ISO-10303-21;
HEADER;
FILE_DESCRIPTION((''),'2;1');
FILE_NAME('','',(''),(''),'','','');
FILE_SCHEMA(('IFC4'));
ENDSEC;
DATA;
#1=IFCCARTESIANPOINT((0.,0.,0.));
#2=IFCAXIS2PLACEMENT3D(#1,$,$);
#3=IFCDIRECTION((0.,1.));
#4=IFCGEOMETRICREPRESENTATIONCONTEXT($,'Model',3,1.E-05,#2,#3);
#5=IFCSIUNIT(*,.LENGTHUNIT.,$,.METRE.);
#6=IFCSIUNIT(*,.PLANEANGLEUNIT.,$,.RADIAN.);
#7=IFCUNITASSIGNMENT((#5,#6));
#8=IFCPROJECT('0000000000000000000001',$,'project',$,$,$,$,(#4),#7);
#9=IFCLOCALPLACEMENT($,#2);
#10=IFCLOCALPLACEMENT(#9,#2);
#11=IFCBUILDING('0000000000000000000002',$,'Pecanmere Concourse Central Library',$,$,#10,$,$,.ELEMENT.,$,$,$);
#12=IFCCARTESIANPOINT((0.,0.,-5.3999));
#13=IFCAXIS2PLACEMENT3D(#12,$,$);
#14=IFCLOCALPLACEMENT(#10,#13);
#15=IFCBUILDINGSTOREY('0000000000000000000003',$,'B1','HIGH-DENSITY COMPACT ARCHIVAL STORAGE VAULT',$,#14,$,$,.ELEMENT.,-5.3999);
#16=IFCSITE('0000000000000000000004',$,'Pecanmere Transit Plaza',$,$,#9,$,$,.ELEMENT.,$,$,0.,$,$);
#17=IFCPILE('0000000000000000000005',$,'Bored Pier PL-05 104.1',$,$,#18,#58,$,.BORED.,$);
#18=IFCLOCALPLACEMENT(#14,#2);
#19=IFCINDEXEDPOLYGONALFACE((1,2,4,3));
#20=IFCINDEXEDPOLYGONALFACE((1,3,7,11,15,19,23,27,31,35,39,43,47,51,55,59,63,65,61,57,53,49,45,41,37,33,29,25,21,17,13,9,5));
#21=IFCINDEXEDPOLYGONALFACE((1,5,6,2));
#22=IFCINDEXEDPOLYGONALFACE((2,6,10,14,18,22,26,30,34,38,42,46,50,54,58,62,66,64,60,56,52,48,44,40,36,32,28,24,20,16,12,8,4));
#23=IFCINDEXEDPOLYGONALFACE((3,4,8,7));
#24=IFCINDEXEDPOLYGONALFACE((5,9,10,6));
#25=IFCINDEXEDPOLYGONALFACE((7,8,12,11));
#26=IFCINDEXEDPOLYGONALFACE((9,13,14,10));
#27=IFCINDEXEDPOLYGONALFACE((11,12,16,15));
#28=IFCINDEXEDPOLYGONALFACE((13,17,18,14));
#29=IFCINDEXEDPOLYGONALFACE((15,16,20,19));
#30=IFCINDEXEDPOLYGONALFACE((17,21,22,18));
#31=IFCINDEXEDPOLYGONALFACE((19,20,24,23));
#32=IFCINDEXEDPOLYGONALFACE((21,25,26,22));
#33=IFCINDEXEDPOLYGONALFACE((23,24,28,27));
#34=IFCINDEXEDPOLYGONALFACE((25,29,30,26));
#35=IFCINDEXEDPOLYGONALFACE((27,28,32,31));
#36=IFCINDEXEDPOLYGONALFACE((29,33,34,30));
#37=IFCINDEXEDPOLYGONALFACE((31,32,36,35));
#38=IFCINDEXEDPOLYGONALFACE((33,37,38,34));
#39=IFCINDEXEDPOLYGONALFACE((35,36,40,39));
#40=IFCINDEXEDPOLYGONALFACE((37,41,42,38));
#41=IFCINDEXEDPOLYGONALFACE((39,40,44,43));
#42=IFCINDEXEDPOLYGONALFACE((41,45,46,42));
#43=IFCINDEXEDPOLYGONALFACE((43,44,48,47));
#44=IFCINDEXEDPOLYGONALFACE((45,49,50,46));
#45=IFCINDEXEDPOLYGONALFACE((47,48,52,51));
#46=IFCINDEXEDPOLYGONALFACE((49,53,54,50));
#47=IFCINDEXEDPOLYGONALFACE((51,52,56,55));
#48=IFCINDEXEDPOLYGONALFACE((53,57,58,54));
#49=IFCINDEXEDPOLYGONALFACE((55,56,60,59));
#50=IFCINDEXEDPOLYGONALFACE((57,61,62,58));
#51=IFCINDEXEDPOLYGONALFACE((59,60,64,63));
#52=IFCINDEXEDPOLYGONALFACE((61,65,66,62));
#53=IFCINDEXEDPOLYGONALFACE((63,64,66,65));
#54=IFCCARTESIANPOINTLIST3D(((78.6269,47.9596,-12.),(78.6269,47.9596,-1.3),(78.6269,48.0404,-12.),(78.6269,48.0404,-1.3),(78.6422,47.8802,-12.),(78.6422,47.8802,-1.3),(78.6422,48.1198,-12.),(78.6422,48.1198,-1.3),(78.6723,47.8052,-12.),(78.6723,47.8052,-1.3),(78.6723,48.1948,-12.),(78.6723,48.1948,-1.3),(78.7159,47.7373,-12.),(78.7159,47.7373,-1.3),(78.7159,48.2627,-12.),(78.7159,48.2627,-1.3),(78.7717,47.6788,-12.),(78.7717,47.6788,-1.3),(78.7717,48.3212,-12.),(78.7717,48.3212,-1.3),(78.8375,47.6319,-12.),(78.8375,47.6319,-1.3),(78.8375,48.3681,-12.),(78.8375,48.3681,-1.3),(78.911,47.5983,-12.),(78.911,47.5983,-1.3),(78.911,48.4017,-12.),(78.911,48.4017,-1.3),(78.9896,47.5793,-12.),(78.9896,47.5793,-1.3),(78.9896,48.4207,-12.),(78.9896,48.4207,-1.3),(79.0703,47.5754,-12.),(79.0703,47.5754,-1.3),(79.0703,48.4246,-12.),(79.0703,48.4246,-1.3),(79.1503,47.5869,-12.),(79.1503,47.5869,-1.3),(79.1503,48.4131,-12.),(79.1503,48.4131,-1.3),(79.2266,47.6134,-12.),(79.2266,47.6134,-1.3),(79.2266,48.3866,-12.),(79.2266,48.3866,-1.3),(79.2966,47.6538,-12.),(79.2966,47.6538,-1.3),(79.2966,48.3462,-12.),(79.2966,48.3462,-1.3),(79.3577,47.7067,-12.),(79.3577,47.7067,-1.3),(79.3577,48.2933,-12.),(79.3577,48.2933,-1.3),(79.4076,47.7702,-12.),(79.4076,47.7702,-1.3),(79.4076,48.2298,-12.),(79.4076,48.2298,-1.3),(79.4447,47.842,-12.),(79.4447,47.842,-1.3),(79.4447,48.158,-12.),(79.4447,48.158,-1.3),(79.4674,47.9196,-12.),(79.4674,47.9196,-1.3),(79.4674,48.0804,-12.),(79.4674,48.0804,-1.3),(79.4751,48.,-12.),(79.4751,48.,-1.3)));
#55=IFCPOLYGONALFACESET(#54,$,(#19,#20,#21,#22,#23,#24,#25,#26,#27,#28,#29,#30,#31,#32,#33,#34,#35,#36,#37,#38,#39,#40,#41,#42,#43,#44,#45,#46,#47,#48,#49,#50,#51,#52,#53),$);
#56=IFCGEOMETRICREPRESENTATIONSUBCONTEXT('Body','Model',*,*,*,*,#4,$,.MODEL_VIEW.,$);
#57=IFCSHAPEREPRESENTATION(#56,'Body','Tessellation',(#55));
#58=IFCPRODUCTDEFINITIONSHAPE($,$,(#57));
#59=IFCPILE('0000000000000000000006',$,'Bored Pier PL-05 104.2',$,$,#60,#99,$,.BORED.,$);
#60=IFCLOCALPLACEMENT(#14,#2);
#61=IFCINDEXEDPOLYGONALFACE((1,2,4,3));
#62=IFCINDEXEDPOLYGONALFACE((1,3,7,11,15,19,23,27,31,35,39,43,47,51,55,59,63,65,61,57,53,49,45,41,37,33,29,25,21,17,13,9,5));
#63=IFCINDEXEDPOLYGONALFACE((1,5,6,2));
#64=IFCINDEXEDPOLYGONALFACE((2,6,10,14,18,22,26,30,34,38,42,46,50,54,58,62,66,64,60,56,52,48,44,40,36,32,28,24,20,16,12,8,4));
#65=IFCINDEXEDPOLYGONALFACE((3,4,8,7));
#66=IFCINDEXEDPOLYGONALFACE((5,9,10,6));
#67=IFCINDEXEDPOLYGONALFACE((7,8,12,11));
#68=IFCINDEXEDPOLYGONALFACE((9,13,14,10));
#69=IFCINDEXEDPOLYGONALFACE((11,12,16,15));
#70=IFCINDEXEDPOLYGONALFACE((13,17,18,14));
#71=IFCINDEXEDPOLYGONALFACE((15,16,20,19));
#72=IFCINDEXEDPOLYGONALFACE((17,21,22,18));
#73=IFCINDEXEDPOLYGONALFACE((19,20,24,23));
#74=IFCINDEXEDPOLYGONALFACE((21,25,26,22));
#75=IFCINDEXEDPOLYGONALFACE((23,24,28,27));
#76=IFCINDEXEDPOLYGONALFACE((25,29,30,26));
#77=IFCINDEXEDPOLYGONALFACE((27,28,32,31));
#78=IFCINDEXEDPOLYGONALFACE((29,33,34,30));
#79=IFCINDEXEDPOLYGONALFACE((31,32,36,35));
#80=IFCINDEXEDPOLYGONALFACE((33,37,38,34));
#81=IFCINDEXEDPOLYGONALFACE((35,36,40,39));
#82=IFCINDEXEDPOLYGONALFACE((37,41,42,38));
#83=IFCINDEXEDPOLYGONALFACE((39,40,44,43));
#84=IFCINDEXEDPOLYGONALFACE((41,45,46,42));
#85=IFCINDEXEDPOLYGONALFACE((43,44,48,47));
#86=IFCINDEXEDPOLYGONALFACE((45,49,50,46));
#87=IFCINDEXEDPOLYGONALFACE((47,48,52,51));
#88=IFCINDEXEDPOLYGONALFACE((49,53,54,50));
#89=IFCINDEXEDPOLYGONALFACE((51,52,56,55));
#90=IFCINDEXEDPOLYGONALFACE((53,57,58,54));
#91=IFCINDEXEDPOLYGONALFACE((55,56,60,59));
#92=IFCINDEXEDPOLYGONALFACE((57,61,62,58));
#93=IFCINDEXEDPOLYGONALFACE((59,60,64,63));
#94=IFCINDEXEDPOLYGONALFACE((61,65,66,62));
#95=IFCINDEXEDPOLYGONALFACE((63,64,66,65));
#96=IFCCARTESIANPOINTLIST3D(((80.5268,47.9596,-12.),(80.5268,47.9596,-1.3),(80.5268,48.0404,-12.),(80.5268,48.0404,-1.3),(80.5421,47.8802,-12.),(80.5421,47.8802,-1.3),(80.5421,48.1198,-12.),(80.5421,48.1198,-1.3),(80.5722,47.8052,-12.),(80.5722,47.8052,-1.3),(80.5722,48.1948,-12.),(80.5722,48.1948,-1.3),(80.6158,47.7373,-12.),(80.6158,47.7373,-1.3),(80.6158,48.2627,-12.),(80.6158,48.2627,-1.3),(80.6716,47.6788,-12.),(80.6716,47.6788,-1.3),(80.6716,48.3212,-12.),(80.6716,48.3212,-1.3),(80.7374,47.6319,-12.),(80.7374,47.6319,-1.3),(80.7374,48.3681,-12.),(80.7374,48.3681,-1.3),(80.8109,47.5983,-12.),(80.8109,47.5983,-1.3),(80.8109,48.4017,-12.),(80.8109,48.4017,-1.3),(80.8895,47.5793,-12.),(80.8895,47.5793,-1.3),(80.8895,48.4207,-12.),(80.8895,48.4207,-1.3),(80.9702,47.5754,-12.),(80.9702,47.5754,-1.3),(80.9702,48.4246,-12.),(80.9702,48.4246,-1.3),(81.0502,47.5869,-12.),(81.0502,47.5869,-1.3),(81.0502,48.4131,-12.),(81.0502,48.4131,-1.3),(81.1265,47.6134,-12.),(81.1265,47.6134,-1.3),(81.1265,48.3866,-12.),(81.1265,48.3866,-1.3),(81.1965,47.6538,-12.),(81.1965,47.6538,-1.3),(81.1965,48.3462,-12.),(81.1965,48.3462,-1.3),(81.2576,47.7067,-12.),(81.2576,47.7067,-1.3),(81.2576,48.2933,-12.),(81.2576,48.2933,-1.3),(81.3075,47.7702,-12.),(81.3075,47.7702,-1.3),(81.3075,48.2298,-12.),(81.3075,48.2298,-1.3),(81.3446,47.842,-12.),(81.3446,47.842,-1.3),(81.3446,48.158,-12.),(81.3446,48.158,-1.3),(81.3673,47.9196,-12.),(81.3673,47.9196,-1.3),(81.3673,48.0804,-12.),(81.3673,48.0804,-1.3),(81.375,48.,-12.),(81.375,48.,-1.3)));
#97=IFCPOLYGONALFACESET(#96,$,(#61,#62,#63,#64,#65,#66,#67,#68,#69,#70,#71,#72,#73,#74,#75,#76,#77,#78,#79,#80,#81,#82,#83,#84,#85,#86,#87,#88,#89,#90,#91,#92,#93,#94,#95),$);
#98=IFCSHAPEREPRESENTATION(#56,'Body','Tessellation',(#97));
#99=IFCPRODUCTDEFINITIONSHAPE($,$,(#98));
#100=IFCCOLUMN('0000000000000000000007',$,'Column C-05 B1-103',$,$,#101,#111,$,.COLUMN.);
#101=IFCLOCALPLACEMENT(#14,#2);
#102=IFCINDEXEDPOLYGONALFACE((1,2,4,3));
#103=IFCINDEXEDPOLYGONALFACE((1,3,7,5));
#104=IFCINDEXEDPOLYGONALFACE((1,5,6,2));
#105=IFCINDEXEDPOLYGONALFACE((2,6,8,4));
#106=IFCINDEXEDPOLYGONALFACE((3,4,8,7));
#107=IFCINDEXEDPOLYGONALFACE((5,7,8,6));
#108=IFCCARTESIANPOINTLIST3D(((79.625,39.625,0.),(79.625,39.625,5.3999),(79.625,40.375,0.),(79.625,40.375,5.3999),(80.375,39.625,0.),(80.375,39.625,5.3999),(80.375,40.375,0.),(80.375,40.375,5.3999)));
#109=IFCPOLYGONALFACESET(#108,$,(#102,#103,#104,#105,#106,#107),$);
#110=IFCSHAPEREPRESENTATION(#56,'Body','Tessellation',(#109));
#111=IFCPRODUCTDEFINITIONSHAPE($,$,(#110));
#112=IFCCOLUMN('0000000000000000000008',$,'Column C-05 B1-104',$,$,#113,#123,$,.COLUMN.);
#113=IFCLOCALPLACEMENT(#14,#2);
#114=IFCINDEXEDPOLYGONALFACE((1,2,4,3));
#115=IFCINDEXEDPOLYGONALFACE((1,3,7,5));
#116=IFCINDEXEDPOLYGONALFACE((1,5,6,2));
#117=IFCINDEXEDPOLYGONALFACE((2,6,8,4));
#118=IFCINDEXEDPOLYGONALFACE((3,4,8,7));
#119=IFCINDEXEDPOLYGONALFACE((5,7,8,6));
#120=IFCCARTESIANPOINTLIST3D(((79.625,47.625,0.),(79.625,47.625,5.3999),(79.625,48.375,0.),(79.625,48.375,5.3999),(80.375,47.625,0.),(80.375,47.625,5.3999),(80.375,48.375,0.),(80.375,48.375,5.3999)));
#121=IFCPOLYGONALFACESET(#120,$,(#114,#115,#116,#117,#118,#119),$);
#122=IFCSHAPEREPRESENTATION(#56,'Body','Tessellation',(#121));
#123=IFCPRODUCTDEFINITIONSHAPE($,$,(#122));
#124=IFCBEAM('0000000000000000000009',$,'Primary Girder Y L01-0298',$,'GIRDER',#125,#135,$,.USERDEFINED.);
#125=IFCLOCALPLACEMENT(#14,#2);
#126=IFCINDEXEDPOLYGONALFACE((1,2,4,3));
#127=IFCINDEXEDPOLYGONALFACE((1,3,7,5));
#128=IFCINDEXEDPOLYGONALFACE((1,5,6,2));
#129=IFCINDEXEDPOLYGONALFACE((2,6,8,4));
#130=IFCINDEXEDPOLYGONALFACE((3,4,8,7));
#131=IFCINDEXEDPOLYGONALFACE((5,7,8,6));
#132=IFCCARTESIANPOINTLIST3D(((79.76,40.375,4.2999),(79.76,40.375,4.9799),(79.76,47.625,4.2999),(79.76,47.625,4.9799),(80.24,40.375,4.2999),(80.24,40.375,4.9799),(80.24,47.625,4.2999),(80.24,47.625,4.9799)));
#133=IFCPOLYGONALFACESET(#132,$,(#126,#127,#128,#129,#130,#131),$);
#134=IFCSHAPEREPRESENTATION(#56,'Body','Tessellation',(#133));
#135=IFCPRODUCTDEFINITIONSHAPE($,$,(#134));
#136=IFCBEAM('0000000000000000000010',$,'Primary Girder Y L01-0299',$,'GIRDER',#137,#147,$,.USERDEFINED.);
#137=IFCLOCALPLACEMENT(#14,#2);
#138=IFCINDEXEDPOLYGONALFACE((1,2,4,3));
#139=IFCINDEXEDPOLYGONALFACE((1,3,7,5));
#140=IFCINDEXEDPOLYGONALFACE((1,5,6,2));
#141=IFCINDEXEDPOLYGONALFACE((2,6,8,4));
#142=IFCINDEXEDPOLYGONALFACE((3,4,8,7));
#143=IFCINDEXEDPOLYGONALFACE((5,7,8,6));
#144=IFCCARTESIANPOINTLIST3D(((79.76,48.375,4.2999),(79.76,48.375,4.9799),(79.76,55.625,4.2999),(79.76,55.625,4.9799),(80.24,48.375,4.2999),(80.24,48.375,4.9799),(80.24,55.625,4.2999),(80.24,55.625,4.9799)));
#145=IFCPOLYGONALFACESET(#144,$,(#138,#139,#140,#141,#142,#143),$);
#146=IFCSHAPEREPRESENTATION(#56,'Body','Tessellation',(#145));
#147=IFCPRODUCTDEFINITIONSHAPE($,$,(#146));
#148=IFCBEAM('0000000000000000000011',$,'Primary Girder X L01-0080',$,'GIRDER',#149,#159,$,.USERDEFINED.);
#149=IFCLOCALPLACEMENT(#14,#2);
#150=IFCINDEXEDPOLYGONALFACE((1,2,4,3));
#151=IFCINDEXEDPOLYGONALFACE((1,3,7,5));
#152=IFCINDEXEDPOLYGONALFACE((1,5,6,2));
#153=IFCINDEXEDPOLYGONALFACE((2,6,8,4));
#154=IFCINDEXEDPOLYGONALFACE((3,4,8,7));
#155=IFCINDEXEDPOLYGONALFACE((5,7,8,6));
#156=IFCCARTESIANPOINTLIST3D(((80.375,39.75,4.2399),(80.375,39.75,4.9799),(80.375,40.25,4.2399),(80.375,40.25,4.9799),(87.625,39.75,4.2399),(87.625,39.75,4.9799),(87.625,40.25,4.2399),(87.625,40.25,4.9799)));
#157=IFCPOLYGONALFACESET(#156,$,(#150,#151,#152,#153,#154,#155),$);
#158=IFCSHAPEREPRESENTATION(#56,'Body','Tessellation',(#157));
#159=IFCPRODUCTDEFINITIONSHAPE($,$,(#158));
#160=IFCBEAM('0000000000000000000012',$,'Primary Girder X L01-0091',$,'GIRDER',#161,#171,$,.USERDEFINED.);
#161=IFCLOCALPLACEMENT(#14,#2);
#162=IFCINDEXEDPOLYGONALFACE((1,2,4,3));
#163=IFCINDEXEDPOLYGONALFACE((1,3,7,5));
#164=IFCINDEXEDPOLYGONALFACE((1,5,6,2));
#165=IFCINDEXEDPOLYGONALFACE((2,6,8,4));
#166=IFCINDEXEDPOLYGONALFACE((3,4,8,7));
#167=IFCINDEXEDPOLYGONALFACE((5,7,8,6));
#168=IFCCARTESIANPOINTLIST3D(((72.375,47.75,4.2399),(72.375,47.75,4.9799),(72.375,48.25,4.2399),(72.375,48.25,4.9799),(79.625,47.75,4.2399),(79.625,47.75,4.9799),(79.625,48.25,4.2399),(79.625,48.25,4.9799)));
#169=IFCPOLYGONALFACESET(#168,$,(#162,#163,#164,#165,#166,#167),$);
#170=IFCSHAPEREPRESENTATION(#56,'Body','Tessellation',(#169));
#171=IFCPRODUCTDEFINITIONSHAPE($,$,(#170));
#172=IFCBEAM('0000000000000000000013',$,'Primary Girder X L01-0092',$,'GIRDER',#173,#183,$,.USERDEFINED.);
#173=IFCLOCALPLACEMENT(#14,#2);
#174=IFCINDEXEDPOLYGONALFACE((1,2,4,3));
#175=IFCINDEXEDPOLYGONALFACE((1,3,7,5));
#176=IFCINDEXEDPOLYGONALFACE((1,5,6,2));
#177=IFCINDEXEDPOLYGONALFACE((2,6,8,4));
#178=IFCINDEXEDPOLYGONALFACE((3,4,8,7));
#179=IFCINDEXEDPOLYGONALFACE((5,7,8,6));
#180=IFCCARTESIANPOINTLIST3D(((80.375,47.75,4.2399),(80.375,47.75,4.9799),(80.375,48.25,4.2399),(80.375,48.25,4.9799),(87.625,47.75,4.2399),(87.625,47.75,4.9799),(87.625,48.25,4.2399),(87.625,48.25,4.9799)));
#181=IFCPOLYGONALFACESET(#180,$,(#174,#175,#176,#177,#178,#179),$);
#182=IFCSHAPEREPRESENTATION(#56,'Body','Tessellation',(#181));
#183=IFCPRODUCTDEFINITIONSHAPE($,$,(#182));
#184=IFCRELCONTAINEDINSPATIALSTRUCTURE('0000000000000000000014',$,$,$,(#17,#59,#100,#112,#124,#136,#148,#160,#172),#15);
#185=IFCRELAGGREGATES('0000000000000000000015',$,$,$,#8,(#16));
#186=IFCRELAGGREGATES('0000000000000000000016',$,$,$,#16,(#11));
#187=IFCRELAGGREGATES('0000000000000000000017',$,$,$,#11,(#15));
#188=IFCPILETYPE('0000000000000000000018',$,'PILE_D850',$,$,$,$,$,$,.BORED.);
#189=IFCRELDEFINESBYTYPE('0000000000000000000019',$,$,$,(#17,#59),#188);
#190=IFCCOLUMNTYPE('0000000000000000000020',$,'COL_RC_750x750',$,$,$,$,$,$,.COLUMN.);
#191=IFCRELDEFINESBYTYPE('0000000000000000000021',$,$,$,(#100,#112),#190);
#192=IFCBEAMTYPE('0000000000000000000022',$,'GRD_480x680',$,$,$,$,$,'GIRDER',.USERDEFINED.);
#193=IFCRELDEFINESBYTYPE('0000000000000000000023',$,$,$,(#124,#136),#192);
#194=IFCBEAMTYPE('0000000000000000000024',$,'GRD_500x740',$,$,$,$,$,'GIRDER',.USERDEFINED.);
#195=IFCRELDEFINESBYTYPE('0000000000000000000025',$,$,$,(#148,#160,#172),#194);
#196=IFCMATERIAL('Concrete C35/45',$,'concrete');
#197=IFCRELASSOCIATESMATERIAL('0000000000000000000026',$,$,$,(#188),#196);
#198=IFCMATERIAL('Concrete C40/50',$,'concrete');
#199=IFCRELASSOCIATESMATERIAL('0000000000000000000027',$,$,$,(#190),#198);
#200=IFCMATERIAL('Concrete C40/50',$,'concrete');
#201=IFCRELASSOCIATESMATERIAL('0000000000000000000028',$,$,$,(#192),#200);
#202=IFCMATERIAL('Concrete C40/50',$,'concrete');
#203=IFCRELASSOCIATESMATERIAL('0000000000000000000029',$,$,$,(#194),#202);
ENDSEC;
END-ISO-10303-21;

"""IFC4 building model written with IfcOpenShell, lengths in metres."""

from ifc_helpers import new_model, si_unit, direction, frame, origin, origin_2d, place, context, subcontext, project, spatial, rectangle, circle, extrude, material, material_profile, profile_set, type_object, element, save


model = new_model("IFC4")

# Units and contexts
model_context = context("Model", 3, precision=1e-05, world=origin(), true_north=direction((0.0, 1.0)))
body_context = subcontext(model_context, "Body", "Model", "MODEL_VIEW")
ifc_project = project(units=[si_unit("LENGTHUNIT", "METRE"), si_unit("PLANEANGLEUNIT", "RADIAN")], contexts=[model_context])

# Site, building, storey
site_placement = place(None, origin())
site = spatial("IfcSite", under=ifc_project, at=site_placement, Name="Pecanmere Transit Plaza", CompositionType="ELEMENT", RefElevation=0.0)
building_placement = place(site_placement, origin())
building = spatial("IfcBuilding", under=site, at=building_placement, Name="Pecanmere Concourse Central Library", CompositionType="ELEMENT")
storey_placement = place(building_placement, frame((0.0, 0.0, -5.3999)))
storey = spatial("IfcBuildingStorey", under=building, at=storey_placement, Name="B1", Description="HIGH-DENSITY COMPACT ARCHIVAL STORAGE VAULT", CompositionType="ELEMENT", Elevation=-5.3999)

# Piles
ifc_material_1 = material(Name="Concrete C35/45", Category="concrete")
ifc_material_profile_1 = material_profile(ifc_material_1, circle(Radius=0.425, at=origin_2d()), Name="PIER D850")
ifc_profile_set_1 = profile_set([ifc_material_profile_1], Name="Concrete C35/45")
pile_type = type_object("IfcPileType", Name="PILE_D850", PredefinedType="BORED", material=ifc_profile_set_1)
for number, where, z_axis, x_axis, name in (
    (1, (79.05, 48.0, -1.3), (0.0, 0.0, -1.0), (1.0, 0.0, 0.0), "Bored Pier PL-05 104.1"),
    (2, (80.95, 48.0, -1.3), (0.0, 0.0, -1.0), (1.0, 0.0, 0.0), "Bored Pier PL-05 104.2"),
):
    element("IfcPile", number, at=place(storey_placement, frame(where, z_axis=z_axis, x_axis=x_axis)), inside=storey, type_object=pile_type, Name=name, PredefinedType="BORED", context=body_context, shape_type="SweptSolid", body=[
        extrude(circle(Radius=0.425, at=origin_2d()), origin(), (0.0, 0.0, 1.0), 10.7),
    ])

# Columns
ifc_material_2 = material(Name="Concrete C40/50", Category="concrete")
ifc_material_profile_2 = material_profile(ifc_material_2, rectangle(XDim=0.75, YDim=0.75, at=origin_2d()), Name="RC 750x750")
ifc_profile_set_2 = profile_set([ifc_material_profile_2], Name="Concrete C40/50")
column_type = type_object("IfcColumnType", Name="COL_RC_750x750", PredefinedType="COLUMN", material=ifc_profile_set_2)
for number, where, z_axis, x_axis, name in (
    (3, (80.0, 40.0, 0.0), (0.0, 0.0, 1.0), (1.0, 0.0, 0.0), "Column C-05 B1-103"),
    (4, (80.0, 48.0, 0.0), (0.0, 0.0, 1.0), (1.0, 0.0, 0.0), "Column C-05 B1-104"),
):
    element("IfcColumn", number, at=place(storey_placement, frame(where, z_axis=z_axis, x_axis=x_axis)), inside=storey, type_object=column_type, Name=name, PredefinedType="COLUMN", context=body_context, shape_type="SweptSolid", body=[
        extrude(rectangle(XDim=0.75, YDim=0.75, at=origin_2d()), origin(), (0.0, 0.0, 1.0), 5.3999),
    ])

# Beams
ifc_material_3 = material(Name="Concrete C40/50", Category="concrete")
ifc_material_profile_3 = material_profile(ifc_material_3, rectangle(XDim=0.48, YDim=0.6799, at=origin_2d()), Name="RC 480x680")
ifc_profile_set_3 = profile_set([ifc_material_profile_3], Name="Concrete C40/50")
beam_type_1 = type_object("IfcBeamType", Name="GRD_480x680", ElementType="GIRDER", PredefinedType="USERDEFINED", material=ifc_profile_set_3)
for number, where, z_axis, x_axis, name in (
    (5, (80.0, 40.375, 4.6399), (0.0, 1.0, 0.0), (-1.0, 0.0, 0.0), "Primary Girder Y L01-0298"),
    (6, (80.0, 48.375, 4.6399), (0.0, 1.0, 0.0), (-1.0, 0.0, 0.0), "Primary Girder Y L01-0299"),
):
    element("IfcBeam", number, at=place(storey_placement, frame(where, z_axis=z_axis, x_axis=x_axis)), inside=storey, type_object=beam_type_1, Name=name, ObjectType="GIRDER", PredefinedType="USERDEFINED", context=body_context, shape_type="SweptSolid", body=[
        extrude(rectangle(XDim=0.48, YDim=0.6799, at=origin_2d()), origin(), (0.0, 0.0, 1.0), 7.25),
    ])
ifc_material_4 = material(Name="Concrete C40/50", Category="concrete")
ifc_material_profile_4 = material_profile(ifc_material_4, rectangle(XDim=0.5, YDim=0.74, at=origin_2d()), Name="RC 500x740")
ifc_profile_set_4 = profile_set([ifc_material_profile_4], Name="Concrete C40/50")
beam_type_2 = type_object("IfcBeamType", Name="GRD_500x740", ElementType="GIRDER", PredefinedType="USERDEFINED", material=ifc_profile_set_4)
for number, where, z_axis, x_axis, name in (
    (7, (80.375, 40.0, 4.6099), (1.0, 0.0, 0.0), (0.0, 1.0, 0.0), "Primary Girder X L01-0080"),
    (8, (72.375, 48.0, 4.6099), (1.0, 0.0, 0.0), (0.0, 1.0, 0.0), "Primary Girder X L01-0091"),
    (9, (80.375, 48.0, 4.6099), (1.0, 0.0, 0.0), (0.0, 1.0, 0.0), "Primary Girder X L01-0092"),
):
    element("IfcBeam", number, at=place(storey_placement, frame(where, z_axis=z_axis, x_axis=x_axis)), inside=storey, type_object=beam_type_2, Name=name, ObjectType="GIRDER", PredefinedType="USERDEFINED", context=body_context, shape_type="SweptSolid", body=[
        extrude(rectangle(XDim=0.5, YDim=0.74, at=origin_2d()), origin(), (0.0, 0.0, 1.0), 7.25),
    ])

save(model, "model.ifc")
